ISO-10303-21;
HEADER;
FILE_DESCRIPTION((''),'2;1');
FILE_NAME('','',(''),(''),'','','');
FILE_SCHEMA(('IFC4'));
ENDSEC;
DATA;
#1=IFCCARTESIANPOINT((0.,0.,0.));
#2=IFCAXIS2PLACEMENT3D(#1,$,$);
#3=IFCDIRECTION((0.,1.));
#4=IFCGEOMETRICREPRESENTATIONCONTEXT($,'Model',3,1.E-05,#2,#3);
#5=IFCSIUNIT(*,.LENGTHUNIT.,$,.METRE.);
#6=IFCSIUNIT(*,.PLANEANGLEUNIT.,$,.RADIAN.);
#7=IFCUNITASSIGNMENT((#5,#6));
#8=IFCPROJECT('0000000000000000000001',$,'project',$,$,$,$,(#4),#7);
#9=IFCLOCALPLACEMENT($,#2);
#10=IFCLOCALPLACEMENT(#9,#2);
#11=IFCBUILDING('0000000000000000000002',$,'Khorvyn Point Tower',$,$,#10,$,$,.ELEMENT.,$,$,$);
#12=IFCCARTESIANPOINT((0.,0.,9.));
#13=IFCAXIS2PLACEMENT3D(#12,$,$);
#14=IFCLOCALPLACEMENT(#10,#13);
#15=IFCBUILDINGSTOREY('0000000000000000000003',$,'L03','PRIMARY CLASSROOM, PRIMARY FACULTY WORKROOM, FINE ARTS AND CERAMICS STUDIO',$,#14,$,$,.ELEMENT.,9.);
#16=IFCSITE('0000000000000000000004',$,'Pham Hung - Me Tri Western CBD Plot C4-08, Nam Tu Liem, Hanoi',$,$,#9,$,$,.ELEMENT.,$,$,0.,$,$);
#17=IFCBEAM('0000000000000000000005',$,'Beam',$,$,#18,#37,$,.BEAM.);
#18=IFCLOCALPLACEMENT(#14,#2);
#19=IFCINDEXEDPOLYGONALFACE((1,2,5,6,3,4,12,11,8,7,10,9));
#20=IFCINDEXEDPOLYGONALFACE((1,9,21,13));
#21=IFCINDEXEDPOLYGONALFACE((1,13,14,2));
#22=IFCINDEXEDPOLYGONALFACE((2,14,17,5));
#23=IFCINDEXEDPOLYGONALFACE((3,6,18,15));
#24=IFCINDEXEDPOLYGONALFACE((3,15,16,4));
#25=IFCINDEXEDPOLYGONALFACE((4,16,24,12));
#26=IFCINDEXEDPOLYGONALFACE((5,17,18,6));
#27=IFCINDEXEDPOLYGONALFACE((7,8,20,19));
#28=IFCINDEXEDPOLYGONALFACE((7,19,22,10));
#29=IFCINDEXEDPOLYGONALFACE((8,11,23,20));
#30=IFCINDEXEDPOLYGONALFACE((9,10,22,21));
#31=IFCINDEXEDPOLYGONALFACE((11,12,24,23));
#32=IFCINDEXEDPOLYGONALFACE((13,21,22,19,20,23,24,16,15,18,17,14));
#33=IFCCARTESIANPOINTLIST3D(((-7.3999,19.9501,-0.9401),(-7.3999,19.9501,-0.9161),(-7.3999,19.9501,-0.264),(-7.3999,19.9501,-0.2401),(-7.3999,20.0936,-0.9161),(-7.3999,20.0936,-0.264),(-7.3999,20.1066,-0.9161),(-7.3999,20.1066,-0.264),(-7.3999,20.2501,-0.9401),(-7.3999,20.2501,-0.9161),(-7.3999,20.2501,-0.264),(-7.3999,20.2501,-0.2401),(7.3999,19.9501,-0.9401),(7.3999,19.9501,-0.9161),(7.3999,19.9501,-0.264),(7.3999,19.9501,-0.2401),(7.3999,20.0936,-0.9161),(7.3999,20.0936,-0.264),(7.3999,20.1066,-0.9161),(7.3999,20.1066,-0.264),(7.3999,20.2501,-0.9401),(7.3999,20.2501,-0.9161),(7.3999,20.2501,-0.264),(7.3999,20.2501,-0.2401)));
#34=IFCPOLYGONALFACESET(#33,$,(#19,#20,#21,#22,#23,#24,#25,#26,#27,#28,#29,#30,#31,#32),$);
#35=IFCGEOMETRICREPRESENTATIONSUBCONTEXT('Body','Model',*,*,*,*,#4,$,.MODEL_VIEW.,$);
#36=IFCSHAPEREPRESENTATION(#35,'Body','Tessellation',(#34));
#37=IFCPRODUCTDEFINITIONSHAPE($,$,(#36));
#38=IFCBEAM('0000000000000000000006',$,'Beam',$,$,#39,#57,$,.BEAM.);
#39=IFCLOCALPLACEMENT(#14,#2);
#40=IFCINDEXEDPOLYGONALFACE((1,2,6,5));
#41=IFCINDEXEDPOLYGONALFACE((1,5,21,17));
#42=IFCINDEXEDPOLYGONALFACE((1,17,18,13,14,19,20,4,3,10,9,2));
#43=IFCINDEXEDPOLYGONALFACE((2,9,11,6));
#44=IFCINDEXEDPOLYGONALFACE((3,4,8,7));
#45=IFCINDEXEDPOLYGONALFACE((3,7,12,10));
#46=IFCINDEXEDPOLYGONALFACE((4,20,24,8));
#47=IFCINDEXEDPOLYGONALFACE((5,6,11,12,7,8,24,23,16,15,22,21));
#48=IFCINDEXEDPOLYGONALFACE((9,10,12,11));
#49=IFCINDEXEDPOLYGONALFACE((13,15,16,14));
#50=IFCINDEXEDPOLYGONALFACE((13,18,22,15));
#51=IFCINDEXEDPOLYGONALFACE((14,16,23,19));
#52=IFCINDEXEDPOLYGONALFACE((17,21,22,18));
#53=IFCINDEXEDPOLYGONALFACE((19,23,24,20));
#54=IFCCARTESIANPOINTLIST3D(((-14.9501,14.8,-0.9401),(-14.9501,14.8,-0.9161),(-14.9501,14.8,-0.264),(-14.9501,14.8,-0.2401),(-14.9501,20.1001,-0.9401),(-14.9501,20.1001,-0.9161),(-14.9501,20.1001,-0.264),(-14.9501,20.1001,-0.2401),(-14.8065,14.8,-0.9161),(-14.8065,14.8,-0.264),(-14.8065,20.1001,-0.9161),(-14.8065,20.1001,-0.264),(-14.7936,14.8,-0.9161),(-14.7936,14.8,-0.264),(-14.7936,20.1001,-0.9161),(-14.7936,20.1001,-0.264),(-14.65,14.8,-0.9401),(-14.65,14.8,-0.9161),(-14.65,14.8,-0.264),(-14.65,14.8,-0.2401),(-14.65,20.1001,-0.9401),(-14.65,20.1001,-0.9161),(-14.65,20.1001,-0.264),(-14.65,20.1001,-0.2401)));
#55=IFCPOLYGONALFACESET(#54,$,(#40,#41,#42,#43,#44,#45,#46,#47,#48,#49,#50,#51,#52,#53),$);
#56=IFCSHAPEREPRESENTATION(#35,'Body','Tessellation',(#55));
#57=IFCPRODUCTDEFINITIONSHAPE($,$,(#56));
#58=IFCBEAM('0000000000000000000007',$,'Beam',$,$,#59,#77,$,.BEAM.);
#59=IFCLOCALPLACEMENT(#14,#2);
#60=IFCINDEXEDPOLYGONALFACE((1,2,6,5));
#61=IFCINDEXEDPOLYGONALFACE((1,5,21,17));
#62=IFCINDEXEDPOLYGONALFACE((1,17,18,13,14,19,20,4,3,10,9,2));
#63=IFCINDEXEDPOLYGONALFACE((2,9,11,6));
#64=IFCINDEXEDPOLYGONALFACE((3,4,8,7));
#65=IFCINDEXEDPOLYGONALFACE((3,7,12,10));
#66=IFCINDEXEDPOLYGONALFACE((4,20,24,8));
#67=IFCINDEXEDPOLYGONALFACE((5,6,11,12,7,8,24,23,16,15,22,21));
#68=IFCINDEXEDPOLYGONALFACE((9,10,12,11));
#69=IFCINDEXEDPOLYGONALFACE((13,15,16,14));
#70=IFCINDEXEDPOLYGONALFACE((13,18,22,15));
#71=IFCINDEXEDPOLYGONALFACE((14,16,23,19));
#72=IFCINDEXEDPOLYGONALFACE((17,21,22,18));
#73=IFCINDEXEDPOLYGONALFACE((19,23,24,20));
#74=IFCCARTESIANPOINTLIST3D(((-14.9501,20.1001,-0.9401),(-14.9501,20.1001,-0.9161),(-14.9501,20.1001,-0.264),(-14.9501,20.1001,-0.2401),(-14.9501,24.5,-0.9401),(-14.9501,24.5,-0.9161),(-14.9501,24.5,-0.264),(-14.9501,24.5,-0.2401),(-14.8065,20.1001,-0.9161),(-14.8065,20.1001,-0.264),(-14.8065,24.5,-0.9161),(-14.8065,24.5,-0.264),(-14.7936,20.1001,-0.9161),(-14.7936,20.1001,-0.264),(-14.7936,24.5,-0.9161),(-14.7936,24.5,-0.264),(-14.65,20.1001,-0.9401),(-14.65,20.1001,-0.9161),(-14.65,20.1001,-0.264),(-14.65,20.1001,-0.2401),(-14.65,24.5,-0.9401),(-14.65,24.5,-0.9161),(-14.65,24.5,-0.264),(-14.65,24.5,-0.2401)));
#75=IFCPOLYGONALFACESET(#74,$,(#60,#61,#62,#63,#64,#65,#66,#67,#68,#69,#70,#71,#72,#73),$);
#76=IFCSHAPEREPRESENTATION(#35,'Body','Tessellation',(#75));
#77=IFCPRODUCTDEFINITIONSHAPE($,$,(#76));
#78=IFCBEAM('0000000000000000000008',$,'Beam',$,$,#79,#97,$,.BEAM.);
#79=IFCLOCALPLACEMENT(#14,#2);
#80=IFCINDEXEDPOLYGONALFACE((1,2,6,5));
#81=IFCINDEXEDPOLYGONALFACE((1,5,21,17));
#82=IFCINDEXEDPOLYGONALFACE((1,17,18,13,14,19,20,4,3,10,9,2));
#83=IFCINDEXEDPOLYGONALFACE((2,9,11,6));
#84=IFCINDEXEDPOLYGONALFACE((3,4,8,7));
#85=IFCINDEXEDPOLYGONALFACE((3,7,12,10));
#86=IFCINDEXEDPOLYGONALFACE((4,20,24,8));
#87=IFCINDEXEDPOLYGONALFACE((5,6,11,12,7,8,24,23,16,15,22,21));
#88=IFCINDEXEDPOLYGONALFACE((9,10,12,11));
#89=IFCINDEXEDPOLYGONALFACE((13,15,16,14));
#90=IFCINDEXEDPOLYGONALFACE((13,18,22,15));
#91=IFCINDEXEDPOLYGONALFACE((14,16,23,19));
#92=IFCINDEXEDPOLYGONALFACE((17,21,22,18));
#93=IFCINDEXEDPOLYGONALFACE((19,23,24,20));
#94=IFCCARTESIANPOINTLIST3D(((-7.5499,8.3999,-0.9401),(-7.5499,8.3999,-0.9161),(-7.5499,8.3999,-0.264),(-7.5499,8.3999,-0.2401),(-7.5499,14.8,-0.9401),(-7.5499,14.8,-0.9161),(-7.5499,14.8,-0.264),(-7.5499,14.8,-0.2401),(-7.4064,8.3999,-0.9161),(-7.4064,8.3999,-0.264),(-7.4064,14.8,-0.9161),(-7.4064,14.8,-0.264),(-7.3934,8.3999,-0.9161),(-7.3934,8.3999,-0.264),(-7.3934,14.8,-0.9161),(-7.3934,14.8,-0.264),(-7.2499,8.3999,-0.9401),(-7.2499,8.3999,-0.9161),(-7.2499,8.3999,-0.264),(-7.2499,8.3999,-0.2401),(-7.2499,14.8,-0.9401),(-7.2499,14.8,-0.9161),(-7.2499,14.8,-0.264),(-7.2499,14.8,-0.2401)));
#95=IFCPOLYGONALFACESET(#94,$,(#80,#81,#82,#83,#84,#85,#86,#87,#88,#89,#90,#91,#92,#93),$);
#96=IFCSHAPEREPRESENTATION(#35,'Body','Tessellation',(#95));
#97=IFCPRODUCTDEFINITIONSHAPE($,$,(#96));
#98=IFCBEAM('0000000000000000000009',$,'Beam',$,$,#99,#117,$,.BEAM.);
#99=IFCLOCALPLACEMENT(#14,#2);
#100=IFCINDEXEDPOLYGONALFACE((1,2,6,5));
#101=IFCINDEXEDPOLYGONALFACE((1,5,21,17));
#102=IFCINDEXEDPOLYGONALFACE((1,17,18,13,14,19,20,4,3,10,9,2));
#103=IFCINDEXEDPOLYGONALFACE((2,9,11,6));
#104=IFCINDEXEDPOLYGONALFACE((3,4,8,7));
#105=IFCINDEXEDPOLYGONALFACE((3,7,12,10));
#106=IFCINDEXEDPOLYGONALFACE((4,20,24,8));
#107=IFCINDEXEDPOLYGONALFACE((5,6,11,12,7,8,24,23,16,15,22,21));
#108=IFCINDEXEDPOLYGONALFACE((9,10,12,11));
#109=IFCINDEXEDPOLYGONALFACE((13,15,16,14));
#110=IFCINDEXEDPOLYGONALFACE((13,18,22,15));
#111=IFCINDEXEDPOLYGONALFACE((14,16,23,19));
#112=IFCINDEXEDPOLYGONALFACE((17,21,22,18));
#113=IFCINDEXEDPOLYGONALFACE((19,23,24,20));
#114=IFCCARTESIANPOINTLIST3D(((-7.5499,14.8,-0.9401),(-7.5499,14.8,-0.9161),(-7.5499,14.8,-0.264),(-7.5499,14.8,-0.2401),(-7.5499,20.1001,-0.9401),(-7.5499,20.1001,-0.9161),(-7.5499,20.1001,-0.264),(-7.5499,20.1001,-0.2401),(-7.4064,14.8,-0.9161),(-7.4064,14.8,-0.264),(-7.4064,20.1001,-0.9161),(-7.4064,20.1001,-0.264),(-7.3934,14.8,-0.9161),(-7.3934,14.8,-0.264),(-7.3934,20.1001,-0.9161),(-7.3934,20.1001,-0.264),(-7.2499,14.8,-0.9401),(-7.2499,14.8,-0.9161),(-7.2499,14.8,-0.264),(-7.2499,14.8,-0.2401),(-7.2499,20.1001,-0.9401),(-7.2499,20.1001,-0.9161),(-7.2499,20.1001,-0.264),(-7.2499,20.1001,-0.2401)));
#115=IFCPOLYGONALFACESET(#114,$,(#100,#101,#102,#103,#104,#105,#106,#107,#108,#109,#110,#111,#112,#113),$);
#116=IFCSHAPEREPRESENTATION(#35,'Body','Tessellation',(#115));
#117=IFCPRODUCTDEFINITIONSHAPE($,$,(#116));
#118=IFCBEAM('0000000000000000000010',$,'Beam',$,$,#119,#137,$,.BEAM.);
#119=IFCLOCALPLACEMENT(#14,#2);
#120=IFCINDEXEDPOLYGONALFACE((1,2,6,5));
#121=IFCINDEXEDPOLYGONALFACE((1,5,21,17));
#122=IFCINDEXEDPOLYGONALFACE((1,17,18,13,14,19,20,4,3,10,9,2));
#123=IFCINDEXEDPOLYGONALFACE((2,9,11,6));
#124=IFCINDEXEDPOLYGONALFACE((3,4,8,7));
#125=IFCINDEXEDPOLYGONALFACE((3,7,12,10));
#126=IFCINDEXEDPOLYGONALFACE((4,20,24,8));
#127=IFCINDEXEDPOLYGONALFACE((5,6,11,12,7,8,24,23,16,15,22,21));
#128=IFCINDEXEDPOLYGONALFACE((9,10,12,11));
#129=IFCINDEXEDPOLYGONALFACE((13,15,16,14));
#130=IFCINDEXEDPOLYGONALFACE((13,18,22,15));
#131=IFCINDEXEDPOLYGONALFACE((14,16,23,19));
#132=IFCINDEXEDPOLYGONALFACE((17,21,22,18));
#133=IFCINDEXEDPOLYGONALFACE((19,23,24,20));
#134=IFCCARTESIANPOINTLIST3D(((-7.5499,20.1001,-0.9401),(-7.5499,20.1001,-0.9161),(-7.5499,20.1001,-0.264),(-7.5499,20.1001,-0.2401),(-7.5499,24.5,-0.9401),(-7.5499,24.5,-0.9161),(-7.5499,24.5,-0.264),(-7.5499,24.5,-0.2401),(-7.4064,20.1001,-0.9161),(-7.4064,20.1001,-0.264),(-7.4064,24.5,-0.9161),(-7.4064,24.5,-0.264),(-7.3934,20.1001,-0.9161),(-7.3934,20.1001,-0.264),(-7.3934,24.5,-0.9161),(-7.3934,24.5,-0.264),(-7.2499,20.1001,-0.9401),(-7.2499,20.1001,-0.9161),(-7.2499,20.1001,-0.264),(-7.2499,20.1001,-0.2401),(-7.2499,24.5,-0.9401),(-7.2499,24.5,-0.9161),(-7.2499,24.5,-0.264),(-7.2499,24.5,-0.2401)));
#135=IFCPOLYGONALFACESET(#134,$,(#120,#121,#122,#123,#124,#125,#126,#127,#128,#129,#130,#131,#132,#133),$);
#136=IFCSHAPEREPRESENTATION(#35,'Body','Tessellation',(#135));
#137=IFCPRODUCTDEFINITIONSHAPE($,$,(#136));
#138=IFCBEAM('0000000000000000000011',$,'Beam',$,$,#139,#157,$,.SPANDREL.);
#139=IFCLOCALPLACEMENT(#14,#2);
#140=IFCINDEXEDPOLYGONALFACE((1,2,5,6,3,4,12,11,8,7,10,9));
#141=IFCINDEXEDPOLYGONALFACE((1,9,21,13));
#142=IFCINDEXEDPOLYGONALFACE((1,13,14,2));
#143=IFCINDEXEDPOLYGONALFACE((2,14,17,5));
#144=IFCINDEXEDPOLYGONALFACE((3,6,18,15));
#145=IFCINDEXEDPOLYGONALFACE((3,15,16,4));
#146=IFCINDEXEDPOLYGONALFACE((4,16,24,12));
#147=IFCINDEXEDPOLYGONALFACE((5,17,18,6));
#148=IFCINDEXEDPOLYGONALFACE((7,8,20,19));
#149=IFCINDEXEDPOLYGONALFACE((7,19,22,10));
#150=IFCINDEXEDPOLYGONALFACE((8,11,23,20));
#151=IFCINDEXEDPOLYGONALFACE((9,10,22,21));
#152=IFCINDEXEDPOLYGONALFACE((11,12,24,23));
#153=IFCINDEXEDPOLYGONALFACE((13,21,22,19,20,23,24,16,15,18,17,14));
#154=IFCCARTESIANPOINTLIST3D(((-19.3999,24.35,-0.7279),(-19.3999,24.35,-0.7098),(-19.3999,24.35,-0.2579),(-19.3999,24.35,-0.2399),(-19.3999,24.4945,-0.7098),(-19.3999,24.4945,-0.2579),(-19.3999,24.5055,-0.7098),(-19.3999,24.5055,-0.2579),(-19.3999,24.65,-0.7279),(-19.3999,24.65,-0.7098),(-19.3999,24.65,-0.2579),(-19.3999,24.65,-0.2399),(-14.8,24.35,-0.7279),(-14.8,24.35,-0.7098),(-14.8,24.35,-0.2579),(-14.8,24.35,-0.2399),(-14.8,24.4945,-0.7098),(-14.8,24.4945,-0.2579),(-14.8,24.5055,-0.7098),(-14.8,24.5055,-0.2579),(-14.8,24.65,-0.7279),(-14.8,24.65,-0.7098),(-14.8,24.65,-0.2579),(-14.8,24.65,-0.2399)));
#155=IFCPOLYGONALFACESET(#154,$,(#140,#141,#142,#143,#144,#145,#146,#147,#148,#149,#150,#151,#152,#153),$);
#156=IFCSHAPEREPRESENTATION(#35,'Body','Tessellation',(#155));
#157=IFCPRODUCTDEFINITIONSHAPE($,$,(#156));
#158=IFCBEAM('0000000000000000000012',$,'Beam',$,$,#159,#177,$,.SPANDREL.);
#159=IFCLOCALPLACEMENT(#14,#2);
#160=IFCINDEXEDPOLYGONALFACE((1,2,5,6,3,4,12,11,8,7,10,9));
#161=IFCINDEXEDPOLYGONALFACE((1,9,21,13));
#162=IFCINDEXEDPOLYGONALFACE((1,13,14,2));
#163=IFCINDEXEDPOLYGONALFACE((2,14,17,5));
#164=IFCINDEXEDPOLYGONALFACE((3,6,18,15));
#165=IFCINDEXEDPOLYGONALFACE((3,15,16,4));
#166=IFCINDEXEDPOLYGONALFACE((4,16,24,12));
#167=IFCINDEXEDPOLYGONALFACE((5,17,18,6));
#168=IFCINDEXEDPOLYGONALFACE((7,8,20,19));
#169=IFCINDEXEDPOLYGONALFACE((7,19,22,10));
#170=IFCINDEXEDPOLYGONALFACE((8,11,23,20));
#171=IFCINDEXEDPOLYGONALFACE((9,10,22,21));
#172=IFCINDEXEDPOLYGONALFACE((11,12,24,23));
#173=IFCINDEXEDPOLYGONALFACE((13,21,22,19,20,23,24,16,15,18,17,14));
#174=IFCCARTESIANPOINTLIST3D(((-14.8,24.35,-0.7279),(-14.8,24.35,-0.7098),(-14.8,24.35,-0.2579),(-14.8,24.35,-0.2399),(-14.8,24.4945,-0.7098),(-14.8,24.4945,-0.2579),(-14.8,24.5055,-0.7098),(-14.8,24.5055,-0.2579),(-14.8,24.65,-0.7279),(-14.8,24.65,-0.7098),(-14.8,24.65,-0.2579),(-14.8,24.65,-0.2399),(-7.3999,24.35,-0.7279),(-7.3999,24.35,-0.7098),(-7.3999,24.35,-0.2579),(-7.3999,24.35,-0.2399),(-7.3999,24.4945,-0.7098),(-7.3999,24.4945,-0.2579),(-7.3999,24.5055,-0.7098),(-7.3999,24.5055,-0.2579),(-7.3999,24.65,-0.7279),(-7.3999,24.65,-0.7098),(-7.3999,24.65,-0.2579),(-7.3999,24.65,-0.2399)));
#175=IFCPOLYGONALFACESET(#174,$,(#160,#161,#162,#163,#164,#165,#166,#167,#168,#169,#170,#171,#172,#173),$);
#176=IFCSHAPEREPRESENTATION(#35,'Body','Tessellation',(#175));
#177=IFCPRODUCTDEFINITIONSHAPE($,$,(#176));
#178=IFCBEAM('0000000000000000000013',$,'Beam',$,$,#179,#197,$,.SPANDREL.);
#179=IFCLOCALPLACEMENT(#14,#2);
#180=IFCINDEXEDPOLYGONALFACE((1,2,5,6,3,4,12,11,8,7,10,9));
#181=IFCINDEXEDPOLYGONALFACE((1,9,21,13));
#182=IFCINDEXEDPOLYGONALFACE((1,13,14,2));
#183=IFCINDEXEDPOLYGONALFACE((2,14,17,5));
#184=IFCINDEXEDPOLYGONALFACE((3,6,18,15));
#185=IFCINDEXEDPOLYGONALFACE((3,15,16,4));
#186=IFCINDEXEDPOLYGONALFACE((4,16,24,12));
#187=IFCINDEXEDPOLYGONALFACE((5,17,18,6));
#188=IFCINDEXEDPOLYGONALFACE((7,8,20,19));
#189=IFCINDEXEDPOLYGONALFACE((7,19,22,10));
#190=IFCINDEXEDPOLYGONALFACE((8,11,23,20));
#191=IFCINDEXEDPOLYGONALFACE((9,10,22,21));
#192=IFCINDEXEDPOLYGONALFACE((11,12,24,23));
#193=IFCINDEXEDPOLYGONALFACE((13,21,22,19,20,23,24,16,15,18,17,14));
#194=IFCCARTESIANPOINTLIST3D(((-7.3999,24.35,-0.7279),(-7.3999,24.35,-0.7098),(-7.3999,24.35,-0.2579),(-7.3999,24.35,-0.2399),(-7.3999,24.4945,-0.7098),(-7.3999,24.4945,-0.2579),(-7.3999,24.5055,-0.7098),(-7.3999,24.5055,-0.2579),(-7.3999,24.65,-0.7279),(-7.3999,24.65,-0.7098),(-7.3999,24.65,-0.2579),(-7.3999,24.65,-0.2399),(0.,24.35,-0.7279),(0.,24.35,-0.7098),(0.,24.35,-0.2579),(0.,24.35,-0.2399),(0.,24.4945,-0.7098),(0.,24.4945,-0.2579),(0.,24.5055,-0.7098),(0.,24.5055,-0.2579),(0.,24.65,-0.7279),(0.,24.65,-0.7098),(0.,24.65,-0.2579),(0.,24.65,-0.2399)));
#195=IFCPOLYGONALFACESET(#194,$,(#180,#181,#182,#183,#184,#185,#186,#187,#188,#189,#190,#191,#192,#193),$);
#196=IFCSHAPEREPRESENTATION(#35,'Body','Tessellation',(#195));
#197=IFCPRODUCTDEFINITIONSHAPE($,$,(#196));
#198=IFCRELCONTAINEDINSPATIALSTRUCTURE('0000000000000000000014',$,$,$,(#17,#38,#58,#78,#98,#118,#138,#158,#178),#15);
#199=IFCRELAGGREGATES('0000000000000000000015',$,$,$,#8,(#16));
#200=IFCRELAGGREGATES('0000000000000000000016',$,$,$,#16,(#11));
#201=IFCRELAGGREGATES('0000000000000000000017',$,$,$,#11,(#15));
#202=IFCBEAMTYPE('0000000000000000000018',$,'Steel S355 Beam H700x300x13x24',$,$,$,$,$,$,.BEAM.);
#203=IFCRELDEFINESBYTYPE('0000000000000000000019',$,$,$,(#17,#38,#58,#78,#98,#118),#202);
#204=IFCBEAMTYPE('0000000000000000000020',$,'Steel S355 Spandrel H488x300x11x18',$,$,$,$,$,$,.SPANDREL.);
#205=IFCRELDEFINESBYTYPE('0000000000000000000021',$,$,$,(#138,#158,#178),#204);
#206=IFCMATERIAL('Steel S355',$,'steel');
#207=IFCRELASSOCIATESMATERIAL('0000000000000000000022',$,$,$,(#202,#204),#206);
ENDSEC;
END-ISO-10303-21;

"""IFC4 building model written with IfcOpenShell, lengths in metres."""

from ifc_helpers import new_model, si_unit, direction, frame, origin, origin_2d, place, context, subcontext, project, spatial, i_section, extrude, material, material_profile, profile_set, type_object, element, save


model = new_model("IFC4")

# Units and contexts
model_context = context("Model", 3, precision=1e-05, world=origin(), true_north=direction((0.0, 1.0)))
body_context = subcontext(model_context, "Body", "Model", "MODEL_VIEW")
ifc_project = project(units=[si_unit("LENGTHUNIT", "METRE"), si_unit("PLANEANGLEUNIT", "RADIAN")], contexts=[model_context])

# Site, building, storey
site_placement = place(None, origin())
site = spatial("IfcSite", under=ifc_project, at=site_placement, Name="Pham Hung - Me Tri Western CBD Plot C4-08, Nam Tu Liem, Hanoi", CompositionType="ELEMENT", RefElevation=0.0)
building_placement = place(site_placement, origin())
building = spatial("IfcBuilding", under=site, at=building_placement, Name="Khorvyn Point Tower", CompositionType="ELEMENT")
storey_placement = place(building_placement, frame((0.0, 0.0, 9.0)))
storey = spatial("IfcBuildingStorey", under=building, at=storey_placement, Name="L03", Description="PRIMARY CLASSROOM, PRIMARY FACULTY WORKROOM, FINE ARTS AND CERAMICS STUDIO", CompositionType="ELEMENT", Elevation=9.0)

# Beams
ifc_material_1 = material(Name="Steel S355", Category="steel")
ifc_material_profile_1 = material_profile(ifc_material_1, i_section(OverallWidth=0.3, OverallDepth=0.7, WebThickness=0.0129, FlangeThickness=0.0239, at=origin_2d()))
ifc_profile_set_1 = profile_set([ifc_material_profile_1], Name="Steel S355 H700x300x13x24")
beam_type_1 = type_object("IfcBeamType", Name="Steel S355 Beam H700x300x13x24", PredefinedType="BEAM", material=ifc_profile_set_1)
beam_1_placement = place(storey_placement, frame((-7.3999, 20.1001, -0.5901), z_axis=(1.0, 0.0, 0.0), x_axis=(0.0, 1.0, 0.0)))
element("IfcBeam", 1, at=beam_1_placement, inside=storey, type_object=beam_type_1, Name="Beam", PredefinedType="BEAM", context=body_context, shape_type="SweptSolid", body=[
    extrude(i_section(OverallWidth=0.3, OverallDepth=0.7, WebThickness=0.0129, FlangeThickness=0.0239, at=origin_2d()), origin(), (0.0, 0.0, 1.0), 14.7998),
])
beam_2_placement = place(storey_placement, frame((-14.8, 14.8, -0.5901), z_axis=(0.0, 1.0, 0.0), x_axis=(-1.0, 0.0, 0.0)))
element("IfcBeam", 2, at=beam_2_placement, inside=storey, type_object=beam_type_1, Name="Beam", PredefinedType="BEAM", context=body_context, shape_type="SweptSolid", body=[
    extrude(i_section(OverallWidth=0.3, OverallDepth=0.7, WebThickness=0.0129, FlangeThickness=0.0239, at=origin_2d()), origin(), (0.0, 0.0, 1.0), 5.3),
])
beam_3_placement = place(storey_placement, frame((-14.8, 20.1001, -0.5901), z_axis=(0.0, 1.0, 0.0), x_axis=(-1.0, 0.0, 0.0)))
element("IfcBeam", 3, at=beam_3_placement, inside=storey, type_object=beam_type_1, Name="Beam", PredefinedType="BEAM", context=body_context, shape_type="SweptSolid", body=[
    extrude(i_section(OverallWidth=0.3, OverallDepth=0.7, WebThickness=0.0129, FlangeThickness=0.0239, at=origin_2d()), origin(), (0.0, 0.0, 1.0), 4.3999),
])
beam_4_placement = place(storey_placement, frame((-7.3999, 8.3999, -0.5901), z_axis=(0.0, 1.0, 0.0), x_axis=(-1.0, 0.0, 0.0)))
element("IfcBeam", 4, at=beam_4_placement, inside=storey, type_object=beam_type_1, Name="Beam", PredefinedType="BEAM", context=body_context, shape_type="SweptSolid", body=[
    extrude(i_section(OverallWidth=0.3, OverallDepth=0.7, WebThickness=0.0129, FlangeThickness=0.0239, at=origin_2d()), origin(), (0.0, 0.0, 1.0), 6.4001),
])
beam_5_placement = place(storey_placement, frame((-7.3999, 14.8, -0.5901), z_axis=(0.0, 1.0, 0.0), x_axis=(-1.0, 0.0, 0.0)))
element("IfcBeam", 5, at=beam_5_placement, inside=storey, type_object=beam_type_1, Name="Beam", PredefinedType="BEAM", context=body_context, shape_type="SweptSolid", body=[
    extrude(i_section(OverallWidth=0.3, OverallDepth=0.7, WebThickness=0.0129, FlangeThickness=0.0239, at=origin_2d()), origin(), (0.0, 0.0, 1.0), 5.3),
])
beam_6_placement = place(storey_placement, frame((-7.3999, 20.1001, -0.5901), z_axis=(0.0, 1.0, 0.0), x_axis=(-1.0, 0.0, 0.0)))
element("IfcBeam", 6, at=beam_6_placement, inside=storey, type_object=beam_type_1, Name="Beam", PredefinedType="BEAM", context=body_context, shape_type="SweptSolid", body=[
    extrude(i_section(OverallWidth=0.3, OverallDepth=0.7, WebThickness=0.0129, FlangeThickness=0.0239, at=origin_2d()), origin(), (0.0, 0.0, 1.0), 4.3999),
])
ifc_material_profile_2 = material_profile(ifc_material_1, i_section(OverallWidth=0.3, OverallDepth=0.488, WebThickness=0.011, FlangeThickness=0.0181, at=origin_2d()))
ifc_profile_set_2 = profile_set([ifc_material_profile_2], Name="Steel S355 H488x300x11x18")
beam_type_2 = type_object("IfcBeamType", Name="Steel S355 Spandrel H488x300x11x18", PredefinedType="SPANDREL", material=ifc_profile_set_2)
beam_7_placement = place(storey_placement, frame((-19.3999, 24.5, -0.4839), z_axis=(1.0, 0.0, 0.0), x_axis=(0.0, 1.0, 0.0)))
element("IfcBeam", 7, at=beam_7_placement, inside=storey, type_object=beam_type_2, Name="Beam", PredefinedType="SPANDREL", context=body_context, shape_type="SweptSolid", body=[
    extrude(i_section(OverallWidth=0.3, OverallDepth=0.488, WebThickness=0.011, FlangeThickness=0.0181, at=origin_2d()), origin(), (0.0, 0.0, 1.0), 4.5999),
])
beam_8_placement = place(storey_placement, frame((-14.8, 24.5, -0.4839), z_axis=(1.0, 0.0, 0.0), x_axis=(0.0, 1.0, 0.0)))
element("IfcBeam", 8, at=beam_8_placement, inside=storey, type_object=beam_type_2, Name="Beam", PredefinedType="SPANDREL", context=body_context, shape_type="SweptSolid", body=[
    extrude(i_section(OverallWidth=0.3, OverallDepth=0.488, WebThickness=0.011, FlangeThickness=0.0181, at=origin_2d()), origin(), (0.0, 0.0, 1.0), 7.4001),
])
beam_9_placement = place(storey_placement, frame((-7.3999, 24.5, -0.4839), z_axis=(1.0, 0.0, 0.0), x_axis=(0.0, 1.0, 0.0)))
element("IfcBeam", 9, at=beam_9_placement, inside=storey, type_object=beam_type_2, Name="Beam", PredefinedType="SPANDREL", context=body_context, shape_type="SweptSolid", body=[
    extrude(i_section(OverallWidth=0.3, OverallDepth=0.488, WebThickness=0.011, FlangeThickness=0.0181, at=origin_2d()), origin(), (0.0, 0.0, 1.0), 7.3999),
])

save(model, "model.ifc")
